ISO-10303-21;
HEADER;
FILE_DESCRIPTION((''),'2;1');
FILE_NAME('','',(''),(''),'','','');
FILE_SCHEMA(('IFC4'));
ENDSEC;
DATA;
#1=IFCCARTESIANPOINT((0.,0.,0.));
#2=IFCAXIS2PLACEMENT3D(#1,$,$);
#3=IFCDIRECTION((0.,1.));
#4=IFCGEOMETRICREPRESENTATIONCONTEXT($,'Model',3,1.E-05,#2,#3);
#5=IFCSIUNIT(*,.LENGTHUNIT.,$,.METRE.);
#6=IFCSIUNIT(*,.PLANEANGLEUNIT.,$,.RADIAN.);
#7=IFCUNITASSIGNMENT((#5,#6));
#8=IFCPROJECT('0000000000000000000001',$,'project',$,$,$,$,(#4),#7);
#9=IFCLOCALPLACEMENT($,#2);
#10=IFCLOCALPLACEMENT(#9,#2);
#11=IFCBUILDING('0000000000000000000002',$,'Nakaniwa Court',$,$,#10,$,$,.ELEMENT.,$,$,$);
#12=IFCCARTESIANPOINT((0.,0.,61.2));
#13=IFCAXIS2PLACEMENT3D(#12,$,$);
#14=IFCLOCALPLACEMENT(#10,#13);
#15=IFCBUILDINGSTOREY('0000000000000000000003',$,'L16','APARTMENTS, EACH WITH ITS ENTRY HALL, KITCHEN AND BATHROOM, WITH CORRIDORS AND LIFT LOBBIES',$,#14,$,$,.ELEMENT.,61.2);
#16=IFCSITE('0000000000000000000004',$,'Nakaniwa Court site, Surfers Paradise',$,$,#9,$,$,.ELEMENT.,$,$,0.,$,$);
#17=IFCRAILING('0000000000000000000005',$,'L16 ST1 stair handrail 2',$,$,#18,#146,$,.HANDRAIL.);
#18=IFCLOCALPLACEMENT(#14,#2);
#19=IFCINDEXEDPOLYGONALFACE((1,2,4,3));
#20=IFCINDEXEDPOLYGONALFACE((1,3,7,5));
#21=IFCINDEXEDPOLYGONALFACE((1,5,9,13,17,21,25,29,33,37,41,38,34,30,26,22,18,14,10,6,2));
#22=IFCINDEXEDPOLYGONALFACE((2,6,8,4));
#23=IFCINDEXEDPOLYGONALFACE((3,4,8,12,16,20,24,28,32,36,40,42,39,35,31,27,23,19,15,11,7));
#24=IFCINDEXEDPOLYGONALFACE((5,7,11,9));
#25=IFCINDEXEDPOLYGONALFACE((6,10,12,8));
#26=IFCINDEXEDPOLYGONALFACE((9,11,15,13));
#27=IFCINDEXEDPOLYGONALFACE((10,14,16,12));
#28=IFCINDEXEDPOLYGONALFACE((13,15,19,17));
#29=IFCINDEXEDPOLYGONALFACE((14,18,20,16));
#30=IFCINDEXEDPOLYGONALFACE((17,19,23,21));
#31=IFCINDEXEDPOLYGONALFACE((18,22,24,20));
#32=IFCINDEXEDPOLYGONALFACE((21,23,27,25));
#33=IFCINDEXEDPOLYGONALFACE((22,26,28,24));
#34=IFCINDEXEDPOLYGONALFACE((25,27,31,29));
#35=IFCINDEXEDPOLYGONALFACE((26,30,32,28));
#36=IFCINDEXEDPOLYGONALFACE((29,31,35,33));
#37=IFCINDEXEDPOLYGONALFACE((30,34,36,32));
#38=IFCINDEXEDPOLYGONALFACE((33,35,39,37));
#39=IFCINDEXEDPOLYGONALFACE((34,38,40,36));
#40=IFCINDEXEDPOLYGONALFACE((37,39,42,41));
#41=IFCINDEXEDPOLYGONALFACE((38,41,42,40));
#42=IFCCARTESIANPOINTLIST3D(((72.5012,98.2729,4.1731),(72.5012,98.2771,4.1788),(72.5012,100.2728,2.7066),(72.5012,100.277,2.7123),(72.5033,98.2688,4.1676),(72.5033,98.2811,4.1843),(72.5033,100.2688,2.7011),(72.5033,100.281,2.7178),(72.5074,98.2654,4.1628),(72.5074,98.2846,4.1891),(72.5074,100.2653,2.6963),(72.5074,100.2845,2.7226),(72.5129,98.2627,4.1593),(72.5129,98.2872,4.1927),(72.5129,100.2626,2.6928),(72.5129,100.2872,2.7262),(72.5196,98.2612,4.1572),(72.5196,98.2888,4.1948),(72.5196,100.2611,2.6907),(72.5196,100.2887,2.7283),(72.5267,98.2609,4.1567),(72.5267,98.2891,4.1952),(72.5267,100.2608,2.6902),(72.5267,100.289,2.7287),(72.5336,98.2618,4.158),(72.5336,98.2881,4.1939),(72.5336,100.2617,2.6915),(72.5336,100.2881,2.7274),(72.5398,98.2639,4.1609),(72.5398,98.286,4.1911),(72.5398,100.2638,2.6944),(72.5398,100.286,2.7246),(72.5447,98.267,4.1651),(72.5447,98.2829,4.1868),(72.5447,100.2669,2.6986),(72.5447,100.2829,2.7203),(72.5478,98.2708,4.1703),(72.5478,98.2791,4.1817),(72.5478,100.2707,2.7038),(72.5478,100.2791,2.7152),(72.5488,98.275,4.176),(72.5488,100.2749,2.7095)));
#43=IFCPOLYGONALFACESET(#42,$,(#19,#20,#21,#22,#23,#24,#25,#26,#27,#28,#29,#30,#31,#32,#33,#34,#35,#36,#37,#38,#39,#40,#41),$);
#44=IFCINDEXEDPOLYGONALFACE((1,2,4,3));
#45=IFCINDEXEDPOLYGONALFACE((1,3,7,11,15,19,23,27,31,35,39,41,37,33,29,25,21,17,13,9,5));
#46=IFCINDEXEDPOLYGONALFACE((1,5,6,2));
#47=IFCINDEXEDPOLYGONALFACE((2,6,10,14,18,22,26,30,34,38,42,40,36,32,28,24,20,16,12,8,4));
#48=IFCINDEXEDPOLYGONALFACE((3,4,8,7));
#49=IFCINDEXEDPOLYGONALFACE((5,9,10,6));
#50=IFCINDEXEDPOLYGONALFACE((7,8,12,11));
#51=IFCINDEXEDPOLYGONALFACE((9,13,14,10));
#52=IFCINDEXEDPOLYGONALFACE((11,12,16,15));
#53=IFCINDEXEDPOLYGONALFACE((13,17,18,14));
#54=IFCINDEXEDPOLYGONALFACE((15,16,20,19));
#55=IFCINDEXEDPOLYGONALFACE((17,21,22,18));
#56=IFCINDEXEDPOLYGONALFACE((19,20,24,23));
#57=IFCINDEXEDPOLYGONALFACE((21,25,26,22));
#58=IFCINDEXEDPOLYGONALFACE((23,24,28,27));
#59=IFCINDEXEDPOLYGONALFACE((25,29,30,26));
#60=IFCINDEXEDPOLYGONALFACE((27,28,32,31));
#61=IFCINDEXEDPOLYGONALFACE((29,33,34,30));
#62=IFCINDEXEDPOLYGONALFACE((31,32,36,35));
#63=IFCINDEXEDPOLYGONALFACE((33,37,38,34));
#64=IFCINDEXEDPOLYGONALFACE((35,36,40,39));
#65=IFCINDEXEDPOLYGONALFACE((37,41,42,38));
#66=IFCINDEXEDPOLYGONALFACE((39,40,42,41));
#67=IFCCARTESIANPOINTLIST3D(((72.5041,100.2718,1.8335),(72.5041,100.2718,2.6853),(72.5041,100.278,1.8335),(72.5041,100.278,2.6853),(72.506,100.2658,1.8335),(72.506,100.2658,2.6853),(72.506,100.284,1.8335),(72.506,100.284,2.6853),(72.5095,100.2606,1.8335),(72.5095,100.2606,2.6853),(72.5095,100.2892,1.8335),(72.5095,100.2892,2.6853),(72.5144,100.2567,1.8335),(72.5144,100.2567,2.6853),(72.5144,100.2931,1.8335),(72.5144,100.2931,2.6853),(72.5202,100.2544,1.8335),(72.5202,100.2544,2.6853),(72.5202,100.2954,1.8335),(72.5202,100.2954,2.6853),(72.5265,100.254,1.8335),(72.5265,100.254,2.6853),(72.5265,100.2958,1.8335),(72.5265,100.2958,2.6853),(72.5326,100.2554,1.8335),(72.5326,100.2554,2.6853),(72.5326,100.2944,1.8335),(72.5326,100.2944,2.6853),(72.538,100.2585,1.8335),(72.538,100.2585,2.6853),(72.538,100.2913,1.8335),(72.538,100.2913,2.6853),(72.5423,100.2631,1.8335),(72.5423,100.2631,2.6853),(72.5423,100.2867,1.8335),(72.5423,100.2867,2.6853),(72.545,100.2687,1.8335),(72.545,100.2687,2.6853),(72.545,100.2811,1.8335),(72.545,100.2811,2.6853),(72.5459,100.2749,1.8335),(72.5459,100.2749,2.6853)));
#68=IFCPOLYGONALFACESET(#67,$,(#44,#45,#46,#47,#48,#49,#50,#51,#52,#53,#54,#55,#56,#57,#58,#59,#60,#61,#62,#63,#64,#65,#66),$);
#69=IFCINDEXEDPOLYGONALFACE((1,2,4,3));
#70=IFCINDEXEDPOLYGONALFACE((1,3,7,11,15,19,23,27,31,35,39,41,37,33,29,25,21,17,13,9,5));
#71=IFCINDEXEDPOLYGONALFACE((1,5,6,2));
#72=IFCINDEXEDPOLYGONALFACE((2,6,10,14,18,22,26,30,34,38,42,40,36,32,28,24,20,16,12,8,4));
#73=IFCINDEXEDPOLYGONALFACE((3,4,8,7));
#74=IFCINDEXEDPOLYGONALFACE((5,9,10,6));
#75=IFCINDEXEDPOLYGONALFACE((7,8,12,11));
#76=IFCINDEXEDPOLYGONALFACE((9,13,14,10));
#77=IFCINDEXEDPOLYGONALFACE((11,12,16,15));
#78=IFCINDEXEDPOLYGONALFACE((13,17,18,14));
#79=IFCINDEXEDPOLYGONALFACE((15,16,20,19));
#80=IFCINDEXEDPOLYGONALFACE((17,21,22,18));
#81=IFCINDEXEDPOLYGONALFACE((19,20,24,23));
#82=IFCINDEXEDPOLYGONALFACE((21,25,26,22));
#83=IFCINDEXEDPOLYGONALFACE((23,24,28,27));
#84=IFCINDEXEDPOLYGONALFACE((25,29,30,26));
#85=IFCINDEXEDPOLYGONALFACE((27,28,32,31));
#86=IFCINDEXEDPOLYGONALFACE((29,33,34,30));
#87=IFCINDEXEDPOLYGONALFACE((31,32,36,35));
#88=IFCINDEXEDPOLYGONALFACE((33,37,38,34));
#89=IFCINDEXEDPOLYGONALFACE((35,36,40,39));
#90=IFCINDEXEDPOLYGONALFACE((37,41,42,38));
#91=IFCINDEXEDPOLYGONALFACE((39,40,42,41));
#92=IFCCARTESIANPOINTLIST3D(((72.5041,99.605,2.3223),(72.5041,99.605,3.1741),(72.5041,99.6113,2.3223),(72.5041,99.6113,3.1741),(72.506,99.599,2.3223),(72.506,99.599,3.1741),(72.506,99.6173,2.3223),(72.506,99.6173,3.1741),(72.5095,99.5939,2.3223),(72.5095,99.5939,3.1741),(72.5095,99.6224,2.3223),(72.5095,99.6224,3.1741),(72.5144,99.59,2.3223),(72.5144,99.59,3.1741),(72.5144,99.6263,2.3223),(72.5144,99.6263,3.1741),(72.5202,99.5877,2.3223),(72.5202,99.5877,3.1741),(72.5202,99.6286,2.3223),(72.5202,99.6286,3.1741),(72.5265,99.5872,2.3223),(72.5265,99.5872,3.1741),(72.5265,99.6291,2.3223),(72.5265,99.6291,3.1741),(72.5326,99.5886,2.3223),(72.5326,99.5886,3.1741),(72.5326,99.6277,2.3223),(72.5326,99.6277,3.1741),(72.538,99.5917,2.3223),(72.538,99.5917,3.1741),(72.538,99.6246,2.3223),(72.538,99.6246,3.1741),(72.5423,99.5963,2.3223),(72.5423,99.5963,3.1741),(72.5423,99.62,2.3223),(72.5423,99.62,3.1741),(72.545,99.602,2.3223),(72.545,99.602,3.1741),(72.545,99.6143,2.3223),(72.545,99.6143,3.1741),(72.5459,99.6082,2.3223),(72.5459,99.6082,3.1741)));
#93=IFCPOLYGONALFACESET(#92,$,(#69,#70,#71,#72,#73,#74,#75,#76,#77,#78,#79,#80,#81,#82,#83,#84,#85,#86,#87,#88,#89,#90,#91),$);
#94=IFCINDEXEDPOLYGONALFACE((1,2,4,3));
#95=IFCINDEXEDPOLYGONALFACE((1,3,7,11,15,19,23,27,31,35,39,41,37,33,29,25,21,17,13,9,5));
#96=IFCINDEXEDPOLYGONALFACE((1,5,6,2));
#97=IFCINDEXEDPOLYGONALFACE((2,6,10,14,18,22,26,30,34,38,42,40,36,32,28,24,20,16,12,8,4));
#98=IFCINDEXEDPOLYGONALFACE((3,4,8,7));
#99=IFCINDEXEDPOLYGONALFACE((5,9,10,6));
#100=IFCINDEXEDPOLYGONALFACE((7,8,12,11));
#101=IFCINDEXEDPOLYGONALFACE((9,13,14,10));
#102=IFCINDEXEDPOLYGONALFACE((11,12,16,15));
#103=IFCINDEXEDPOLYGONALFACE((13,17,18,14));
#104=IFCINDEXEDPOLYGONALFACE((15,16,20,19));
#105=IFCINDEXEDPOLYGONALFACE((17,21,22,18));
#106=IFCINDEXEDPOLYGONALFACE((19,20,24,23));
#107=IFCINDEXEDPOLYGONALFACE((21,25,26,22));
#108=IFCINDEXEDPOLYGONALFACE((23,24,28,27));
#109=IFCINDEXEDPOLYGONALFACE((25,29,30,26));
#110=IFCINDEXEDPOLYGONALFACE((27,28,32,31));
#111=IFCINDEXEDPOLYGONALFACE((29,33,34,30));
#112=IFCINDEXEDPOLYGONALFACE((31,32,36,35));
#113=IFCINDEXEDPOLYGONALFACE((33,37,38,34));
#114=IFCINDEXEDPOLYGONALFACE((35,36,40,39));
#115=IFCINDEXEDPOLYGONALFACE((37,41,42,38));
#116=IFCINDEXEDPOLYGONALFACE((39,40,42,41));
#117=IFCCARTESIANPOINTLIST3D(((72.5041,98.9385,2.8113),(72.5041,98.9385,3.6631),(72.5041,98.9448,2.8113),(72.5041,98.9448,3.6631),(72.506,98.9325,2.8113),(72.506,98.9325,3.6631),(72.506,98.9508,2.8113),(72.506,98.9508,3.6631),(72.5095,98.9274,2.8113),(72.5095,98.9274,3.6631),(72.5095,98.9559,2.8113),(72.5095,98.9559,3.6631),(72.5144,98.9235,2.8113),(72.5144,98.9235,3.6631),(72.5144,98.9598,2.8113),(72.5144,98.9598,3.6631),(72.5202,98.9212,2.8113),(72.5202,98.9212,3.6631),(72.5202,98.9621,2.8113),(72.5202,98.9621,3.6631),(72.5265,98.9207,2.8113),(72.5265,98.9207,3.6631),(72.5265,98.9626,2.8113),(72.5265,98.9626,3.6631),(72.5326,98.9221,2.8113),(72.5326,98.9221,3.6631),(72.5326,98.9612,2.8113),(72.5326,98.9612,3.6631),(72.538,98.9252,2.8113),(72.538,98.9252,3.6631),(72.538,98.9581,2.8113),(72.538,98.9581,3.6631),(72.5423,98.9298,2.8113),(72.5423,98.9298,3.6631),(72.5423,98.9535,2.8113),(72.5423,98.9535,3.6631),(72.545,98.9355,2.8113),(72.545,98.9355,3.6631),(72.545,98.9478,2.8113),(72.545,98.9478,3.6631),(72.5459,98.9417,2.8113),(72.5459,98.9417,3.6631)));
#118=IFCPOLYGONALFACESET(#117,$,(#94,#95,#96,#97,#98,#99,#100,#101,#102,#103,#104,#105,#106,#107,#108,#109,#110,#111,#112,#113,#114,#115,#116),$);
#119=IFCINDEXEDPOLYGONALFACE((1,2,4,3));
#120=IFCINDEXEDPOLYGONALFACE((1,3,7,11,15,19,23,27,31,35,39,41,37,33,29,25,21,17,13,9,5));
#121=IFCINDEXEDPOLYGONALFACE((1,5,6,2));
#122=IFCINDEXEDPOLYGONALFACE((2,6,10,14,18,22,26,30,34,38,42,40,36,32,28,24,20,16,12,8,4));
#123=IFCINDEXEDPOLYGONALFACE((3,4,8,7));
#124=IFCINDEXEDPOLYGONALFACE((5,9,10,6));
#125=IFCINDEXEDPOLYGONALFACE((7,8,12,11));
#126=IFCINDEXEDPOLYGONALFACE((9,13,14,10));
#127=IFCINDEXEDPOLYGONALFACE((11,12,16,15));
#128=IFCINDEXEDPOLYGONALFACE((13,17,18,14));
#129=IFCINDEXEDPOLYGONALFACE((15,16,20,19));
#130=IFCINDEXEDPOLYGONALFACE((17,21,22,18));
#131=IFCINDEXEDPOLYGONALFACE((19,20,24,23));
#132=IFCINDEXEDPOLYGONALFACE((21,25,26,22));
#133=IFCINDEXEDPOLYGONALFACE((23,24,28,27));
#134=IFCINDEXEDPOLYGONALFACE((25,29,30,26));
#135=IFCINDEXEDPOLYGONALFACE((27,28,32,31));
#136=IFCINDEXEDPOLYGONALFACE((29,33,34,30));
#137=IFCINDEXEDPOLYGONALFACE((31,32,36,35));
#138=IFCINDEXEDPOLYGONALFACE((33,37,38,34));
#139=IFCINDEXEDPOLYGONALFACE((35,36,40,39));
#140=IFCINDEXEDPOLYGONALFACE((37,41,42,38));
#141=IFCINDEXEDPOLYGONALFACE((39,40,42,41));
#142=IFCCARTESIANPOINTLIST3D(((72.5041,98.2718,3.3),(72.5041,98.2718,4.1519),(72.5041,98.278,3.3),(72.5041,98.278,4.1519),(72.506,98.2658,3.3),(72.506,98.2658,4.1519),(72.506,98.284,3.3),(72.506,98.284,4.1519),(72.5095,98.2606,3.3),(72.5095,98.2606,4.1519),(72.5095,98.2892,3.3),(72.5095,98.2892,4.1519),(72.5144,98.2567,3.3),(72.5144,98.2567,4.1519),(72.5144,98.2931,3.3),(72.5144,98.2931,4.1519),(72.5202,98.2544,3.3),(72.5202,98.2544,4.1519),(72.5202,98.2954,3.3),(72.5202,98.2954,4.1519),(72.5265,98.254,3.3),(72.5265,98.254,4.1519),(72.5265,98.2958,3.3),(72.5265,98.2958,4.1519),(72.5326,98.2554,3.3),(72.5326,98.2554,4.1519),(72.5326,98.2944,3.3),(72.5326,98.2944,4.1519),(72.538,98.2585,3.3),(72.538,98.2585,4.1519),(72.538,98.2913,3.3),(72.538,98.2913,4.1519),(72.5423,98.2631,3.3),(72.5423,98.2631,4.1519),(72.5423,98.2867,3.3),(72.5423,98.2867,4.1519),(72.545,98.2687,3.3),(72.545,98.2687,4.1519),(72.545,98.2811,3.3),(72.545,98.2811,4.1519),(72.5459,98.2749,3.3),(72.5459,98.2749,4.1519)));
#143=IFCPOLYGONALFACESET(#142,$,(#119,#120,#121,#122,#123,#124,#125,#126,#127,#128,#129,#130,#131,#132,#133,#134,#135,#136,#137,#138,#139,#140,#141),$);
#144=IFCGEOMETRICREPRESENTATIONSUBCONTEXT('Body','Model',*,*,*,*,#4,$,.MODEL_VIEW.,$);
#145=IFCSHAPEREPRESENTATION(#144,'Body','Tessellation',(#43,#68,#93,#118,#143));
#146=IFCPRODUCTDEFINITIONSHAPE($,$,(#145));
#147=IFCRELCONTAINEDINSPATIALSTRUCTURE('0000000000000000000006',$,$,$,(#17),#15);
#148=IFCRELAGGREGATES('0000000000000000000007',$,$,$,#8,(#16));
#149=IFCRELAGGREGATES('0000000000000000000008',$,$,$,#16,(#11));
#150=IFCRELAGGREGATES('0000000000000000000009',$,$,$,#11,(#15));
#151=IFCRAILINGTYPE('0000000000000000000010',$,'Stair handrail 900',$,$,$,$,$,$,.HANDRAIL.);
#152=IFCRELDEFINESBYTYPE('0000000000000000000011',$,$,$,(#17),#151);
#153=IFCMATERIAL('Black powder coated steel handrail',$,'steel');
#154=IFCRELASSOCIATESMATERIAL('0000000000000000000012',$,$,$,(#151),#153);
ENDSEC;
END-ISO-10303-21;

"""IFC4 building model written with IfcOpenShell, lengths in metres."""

from ifc_helpers import new_model, si_unit, direction, frame, origin, origin_2d, place, context, subcontext, project, spatial, circle, extrude, material, type_object, element, save


model = new_model("IFC4")

# Units and contexts
model_context = context("Model", 3, precision=1e-05, world=origin(), true_north=direction((0.0, 1.0)))
body_context = subcontext(model_context, "Body", "Model", "MODEL_VIEW")
ifc_project = project(units=[si_unit("LENGTHUNIT", "METRE"), si_unit("PLANEANGLEUNIT", "RADIAN")], contexts=[model_context])

# Site, building, storey
site_placement = place(None, origin())
site = spatial("IfcSite", under=ifc_project, at=site_placement, Name="Nakaniwa Court site, Surfers Paradise", CompositionType="ELEMENT", RefElevation=0.0)
building_placement = place(site_placement, origin())
building = spatial("IfcBuilding", under=site, at=building_placement, Name="Nakaniwa Court", CompositionType="ELEMENT")
storey_placement = place(building_placement, frame((0.0, 0.0, 61.2)))
storey = spatial("IfcBuildingStorey", under=building, at=storey_placement, Name="L16", Description="APARTMENTS, EACH WITH ITS ENTRY HALL, KITCHEN AND BATHROOM, WITH CORRIDORS AND LIFT LOBBIES", CompositionType="ELEMENT", Elevation=61.2)

# Railing
ifc_material_1 = material(Name="Black powder coated steel handrail", Category="steel")
railing_type_1 = type_object("IfcRailingType", Name="Stair handrail 900", PredefinedType="HANDRAIL", material=ifc_material_1)
railing_1_placement = place(storey_placement, frame((72.5249, 100.2749, 1.8335)))
element("IfcRailing", 1, at=railing_1_placement, inside=storey, type_object=railing_type_1, Name="L16 ST1 stair handrail 2", PredefinedType="HANDRAIL", context=body_context, shape_type="SweptSolid", body=[
    extrude(circle(Radius=0.0239, at=origin_2d()), frame((0.0, 0.0, 0.876), z_axis=(0.0, -0.806427, 0.591334), x_axis=(1.0, 0.0, 0.0)), (0.0, 0.0, 1.0), 2.48),
    extrude(circle(Radius=0.021, at=origin_2d()), origin(), (0.0, 0.0, 1.0), 0.8518),
    extrude(circle(Radius=0.021, at=origin_2d()), frame((0.0, -0.6667, 0.4888)), (0.0, 0.0, 1.0), 0.8518),
    extrude(circle(Radius=0.021, at=origin_2d()), frame((0.0, -1.3333, 0.9778)), (0.0, 0.0, 1.0), 0.8518),
    extrude(circle(Radius=0.021, at=origin_2d()), frame((0.0, -2.0, 1.4666)), (0.0, 0.0, 1.0), 0.8518),
])

save(model, "model.ifc")
